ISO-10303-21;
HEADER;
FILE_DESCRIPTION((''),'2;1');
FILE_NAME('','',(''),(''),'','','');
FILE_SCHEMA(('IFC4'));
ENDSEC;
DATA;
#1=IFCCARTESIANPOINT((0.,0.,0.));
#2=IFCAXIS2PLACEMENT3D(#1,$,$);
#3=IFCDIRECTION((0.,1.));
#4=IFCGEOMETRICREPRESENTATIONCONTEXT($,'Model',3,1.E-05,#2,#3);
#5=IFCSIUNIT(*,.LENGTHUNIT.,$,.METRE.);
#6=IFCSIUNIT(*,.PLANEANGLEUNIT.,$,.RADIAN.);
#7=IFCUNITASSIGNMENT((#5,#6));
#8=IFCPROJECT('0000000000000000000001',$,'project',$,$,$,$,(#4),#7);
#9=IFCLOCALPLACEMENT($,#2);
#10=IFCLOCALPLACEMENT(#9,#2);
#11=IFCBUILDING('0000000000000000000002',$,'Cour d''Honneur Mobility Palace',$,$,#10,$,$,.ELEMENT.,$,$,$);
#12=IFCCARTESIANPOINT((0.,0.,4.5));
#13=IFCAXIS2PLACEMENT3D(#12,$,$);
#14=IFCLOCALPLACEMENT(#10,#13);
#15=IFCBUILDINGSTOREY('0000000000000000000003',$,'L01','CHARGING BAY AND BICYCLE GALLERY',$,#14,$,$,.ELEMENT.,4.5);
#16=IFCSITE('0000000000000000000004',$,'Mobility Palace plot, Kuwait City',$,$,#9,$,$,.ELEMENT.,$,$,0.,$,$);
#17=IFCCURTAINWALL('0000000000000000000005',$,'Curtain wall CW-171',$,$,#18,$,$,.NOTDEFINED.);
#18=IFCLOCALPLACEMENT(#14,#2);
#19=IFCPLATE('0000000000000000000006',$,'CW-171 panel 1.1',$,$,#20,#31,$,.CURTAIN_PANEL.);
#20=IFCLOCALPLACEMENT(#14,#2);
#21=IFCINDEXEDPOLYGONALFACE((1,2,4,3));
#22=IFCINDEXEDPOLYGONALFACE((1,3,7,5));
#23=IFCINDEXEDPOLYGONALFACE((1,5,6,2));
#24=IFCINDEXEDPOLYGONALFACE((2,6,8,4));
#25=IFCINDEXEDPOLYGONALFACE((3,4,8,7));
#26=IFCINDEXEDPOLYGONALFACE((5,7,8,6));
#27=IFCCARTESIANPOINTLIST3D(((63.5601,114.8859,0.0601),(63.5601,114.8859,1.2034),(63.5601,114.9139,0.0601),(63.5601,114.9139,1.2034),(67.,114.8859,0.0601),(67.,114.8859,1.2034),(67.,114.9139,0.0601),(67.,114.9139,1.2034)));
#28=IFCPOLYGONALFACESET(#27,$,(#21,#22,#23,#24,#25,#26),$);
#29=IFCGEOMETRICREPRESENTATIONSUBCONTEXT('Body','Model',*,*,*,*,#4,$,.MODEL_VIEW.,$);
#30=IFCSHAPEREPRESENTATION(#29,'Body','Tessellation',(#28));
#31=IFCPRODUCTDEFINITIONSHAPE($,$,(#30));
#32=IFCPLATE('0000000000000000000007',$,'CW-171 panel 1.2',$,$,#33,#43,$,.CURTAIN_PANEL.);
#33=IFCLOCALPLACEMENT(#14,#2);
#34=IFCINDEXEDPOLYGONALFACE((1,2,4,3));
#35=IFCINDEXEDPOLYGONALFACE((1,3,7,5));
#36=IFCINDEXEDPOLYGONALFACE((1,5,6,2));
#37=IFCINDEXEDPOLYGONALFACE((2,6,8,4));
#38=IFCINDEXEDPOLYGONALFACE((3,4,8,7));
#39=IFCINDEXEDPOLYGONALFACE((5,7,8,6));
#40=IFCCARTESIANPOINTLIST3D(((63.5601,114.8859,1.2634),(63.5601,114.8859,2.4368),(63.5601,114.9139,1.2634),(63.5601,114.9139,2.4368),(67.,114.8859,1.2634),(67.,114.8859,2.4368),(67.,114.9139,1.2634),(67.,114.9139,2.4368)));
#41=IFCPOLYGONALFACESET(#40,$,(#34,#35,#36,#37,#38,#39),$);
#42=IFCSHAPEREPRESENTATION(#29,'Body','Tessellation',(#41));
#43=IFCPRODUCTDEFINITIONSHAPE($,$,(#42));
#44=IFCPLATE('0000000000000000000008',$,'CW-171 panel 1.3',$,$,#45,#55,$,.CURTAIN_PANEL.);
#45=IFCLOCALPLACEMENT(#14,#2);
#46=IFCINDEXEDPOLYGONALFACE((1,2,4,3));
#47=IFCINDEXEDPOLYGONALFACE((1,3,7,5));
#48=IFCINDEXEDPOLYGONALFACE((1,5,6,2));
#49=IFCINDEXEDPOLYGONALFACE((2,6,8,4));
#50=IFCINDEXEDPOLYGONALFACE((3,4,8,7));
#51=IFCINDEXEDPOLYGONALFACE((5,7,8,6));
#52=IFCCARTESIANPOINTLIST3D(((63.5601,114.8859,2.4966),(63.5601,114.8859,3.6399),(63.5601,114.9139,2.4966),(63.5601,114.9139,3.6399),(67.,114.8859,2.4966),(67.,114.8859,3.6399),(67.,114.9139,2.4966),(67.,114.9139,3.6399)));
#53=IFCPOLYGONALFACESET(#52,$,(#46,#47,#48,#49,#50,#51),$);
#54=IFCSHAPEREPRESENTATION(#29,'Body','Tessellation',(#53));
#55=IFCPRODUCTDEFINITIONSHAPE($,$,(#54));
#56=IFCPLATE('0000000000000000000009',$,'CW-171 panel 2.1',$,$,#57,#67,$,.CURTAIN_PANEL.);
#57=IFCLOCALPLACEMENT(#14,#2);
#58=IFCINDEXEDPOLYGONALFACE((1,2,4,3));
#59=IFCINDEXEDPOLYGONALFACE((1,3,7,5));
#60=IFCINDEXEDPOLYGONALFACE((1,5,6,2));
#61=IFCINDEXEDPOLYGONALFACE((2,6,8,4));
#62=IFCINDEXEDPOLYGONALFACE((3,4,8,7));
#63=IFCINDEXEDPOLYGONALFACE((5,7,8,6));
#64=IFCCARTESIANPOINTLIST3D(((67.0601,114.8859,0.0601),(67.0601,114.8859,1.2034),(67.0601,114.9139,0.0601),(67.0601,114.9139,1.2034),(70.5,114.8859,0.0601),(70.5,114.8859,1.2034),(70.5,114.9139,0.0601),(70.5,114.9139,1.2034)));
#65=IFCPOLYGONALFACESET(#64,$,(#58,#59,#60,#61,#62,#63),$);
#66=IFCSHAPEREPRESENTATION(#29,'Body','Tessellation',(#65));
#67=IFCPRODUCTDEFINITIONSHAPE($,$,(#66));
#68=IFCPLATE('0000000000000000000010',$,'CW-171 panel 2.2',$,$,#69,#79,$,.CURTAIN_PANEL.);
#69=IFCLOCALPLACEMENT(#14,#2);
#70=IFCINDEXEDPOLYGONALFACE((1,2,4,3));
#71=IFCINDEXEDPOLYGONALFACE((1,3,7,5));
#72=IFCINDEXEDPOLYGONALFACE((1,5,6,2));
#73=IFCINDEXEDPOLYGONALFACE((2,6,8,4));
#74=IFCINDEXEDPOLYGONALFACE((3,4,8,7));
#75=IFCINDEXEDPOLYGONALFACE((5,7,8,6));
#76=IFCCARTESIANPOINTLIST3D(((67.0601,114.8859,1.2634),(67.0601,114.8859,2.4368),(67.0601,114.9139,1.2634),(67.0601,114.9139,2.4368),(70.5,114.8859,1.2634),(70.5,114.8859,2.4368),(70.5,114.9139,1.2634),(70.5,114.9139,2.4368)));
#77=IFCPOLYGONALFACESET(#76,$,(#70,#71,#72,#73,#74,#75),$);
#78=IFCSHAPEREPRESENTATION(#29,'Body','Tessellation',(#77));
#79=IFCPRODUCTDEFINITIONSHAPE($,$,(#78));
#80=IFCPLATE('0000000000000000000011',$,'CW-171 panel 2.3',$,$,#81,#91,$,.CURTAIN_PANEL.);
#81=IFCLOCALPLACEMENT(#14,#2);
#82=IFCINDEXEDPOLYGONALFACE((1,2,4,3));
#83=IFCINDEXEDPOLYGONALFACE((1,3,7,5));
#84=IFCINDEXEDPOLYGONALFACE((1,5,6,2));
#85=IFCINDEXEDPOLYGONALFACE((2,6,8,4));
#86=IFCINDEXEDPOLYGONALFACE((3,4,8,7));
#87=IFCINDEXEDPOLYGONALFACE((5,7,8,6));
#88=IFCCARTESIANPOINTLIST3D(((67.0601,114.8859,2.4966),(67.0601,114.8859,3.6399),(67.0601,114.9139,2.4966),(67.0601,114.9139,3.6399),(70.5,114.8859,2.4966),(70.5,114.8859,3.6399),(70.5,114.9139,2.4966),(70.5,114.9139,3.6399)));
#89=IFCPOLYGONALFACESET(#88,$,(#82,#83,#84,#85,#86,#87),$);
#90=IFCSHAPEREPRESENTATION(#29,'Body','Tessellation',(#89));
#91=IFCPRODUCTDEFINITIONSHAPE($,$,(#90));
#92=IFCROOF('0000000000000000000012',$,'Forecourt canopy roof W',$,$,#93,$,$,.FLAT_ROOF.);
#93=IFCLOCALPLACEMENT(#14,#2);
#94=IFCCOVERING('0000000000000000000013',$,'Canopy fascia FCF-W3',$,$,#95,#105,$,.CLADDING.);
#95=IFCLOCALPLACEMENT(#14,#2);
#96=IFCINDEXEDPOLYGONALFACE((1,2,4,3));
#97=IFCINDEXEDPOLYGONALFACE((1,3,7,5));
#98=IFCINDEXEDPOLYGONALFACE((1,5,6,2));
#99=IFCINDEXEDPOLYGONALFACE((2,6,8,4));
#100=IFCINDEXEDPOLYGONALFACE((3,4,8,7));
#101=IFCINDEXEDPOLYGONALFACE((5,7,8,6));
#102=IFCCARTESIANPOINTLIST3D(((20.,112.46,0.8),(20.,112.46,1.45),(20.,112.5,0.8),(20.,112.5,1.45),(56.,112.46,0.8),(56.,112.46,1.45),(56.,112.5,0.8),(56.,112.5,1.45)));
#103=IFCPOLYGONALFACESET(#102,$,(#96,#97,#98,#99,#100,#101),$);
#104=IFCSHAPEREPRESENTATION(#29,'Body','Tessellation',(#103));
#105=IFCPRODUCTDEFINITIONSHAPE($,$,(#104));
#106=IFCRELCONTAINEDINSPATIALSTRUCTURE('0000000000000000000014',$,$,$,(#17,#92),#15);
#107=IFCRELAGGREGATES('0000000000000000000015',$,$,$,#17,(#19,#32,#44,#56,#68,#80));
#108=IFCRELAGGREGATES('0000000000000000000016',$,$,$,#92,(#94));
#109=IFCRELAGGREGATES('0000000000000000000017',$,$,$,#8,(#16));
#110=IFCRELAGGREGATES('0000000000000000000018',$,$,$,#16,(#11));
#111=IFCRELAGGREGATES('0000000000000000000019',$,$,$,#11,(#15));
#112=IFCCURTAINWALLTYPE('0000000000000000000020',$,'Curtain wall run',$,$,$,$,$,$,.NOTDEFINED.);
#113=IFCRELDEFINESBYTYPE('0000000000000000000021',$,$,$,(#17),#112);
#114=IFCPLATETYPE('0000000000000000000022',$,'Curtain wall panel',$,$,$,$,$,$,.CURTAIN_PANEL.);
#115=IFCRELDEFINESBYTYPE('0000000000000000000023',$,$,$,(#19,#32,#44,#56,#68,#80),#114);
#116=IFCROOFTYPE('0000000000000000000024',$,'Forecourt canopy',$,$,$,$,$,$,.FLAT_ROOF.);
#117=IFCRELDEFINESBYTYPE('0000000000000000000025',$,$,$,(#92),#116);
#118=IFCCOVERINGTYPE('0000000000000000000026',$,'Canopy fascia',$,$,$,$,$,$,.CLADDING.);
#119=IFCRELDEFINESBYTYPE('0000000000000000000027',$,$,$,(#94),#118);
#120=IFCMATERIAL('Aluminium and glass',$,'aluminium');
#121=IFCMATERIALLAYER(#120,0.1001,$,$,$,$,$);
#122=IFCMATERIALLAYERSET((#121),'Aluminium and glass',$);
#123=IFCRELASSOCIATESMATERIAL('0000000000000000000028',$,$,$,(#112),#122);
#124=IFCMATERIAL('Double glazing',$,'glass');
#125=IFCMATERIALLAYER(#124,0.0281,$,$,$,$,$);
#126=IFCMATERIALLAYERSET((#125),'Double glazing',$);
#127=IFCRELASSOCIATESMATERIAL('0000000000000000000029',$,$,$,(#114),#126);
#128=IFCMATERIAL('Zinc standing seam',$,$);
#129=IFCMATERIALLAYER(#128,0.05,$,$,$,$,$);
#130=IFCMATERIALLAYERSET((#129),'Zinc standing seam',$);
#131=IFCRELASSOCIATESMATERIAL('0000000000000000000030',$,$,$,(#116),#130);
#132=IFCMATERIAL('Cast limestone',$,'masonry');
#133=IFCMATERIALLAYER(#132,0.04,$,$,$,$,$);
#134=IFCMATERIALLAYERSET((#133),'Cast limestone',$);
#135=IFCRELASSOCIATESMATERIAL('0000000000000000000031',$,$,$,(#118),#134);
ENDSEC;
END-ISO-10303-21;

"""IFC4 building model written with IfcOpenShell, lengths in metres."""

from ifc_helpers import new_model, si_unit, direction, frame, origin, origin_2d, place, context, subcontext, project, spatial, polyline, rectangle, outline, extrude, material, layer, layer_set, type_object, element, aggregate, save


model = new_model("IFC4")

# Units and contexts
model_context = context("Model", 3, precision=1e-05, world=origin(), true_north=direction((0.0, 1.0)))
body_context = subcontext(model_context, "Body", "Model", "MODEL_VIEW")
ifc_project = project(units=[si_unit("LENGTHUNIT", "METRE"), si_unit("PLANEANGLEUNIT", "RADIAN")], contexts=[model_context])

# Site, building, storey
site_placement = place(None, origin())
site = spatial("IfcSite", under=ifc_project, at=site_placement, Name="Mobility Palace plot, Kuwait City", CompositionType="ELEMENT", RefElevation=0.0)
building_placement = place(site_placement, origin())
building = spatial("IfcBuilding", under=site, at=building_placement, Name="Cour d'Honneur Mobility Palace", CompositionType="ELEMENT")
storey_placement = place(building_placement, frame((0.0, 0.0, 4.5)))
storey = spatial("IfcBuildingStorey", under=building, at=storey_placement, Name="L01", Description="CHARGING BAY AND BICYCLE GALLERY", CompositionType="ELEMENT", Elevation=4.5)

# Curtain wall
ifc_material_1 = material(Name="Aluminium and glass", Category="aluminium")
ifc_layer_1 = layer(ifc_material_1, 0.1001)
ifc_layer_set_1 = layer_set([ifc_layer_1], Name="Aluminium and glass")
curtain_wall_type = type_object("IfcCurtainWallType", Name="Curtain wall run", PredefinedType="NOTDEFINED", material=ifc_layer_set_1)
curtain_wall_1_placement = place(storey_placement, origin())
curtain_wall_1 = element("IfcCurtainWall", 1, at=curtain_wall_1_placement, inside=storey, type_object=curtain_wall_type, Name="Curtain wall CW-171", PredefinedType="NOTDEFINED")

# Plates
ifc_material_2 = material(Name="Double glazing", Category="glass")
ifc_layer_2 = layer(ifc_material_2, 0.0281)
ifc_layer_set_2 = layer_set([ifc_layer_2], Name="Double glazing")
plate_type = type_object("IfcPlateType", Name="Curtain wall panel", PredefinedType="CURTAIN_PANEL", material=ifc_layer_set_2)
plate_1_placement = place(storey_placement, frame((65.28, 114.8999, 0.0601), z_axis=(0.0, 0.0, 1.0), x_axis=(1.0, 0.0, 0.0)))
plate_1 = element("IfcPlate", 2, at=plate_1_placement, type_object=plate_type, Name="CW-171 panel 1.1", PredefinedType="CURTAIN_PANEL", context=body_context, shape_type="SweptSolid", body=[
    extrude(rectangle(XDim=3.4399, YDim=0.0281, at=origin_2d()), origin(), (0.0, 0.0, 1.0), 1.1433),
])
plate_2_placement = place(storey_placement, frame((65.28, 114.8999, 1.2634), z_axis=(0.0, 0.0, 1.0), x_axis=(1.0, 0.0, 0.0)))
plate_2 = element("IfcPlate", 3, at=plate_2_placement, type_object=plate_type, Name="CW-171 panel 1.2", PredefinedType="CURTAIN_PANEL", context=body_context, shape_type="SweptSolid", body=[
    extrude(rectangle(XDim=3.4399, YDim=0.0281, at=origin_2d()), origin(), (0.0, 0.0, 1.0), 1.1733),
])
plate_3_placement = place(storey_placement, frame((65.28, 114.8999, 2.4966), z_axis=(0.0, 0.0, 1.0), x_axis=(1.0, 0.0, 0.0)))
plate_3 = element("IfcPlate", 4, at=plate_3_placement, type_object=plate_type, Name="CW-171 panel 1.3", PredefinedType="CURTAIN_PANEL", context=body_context, shape_type="SweptSolid", body=[
    extrude(rectangle(XDim=3.4399, YDim=0.0281, at=origin_2d()), origin(), (0.0, 0.0, 1.0), 1.1433),
])
plate_4_placement = place(storey_placement, frame((68.78, 114.8999, 0.0601), z_axis=(0.0, 0.0, 1.0), x_axis=(1.0, 0.0, 0.0)))
plate_4 = element("IfcPlate", 5, at=plate_4_placement, type_object=plate_type, Name="CW-171 panel 2.1", PredefinedType="CURTAIN_PANEL", context=body_context, shape_type="SweptSolid", body=[
    extrude(rectangle(XDim=3.4399, YDim=0.0281, at=origin_2d()), origin(), (0.0, 0.0, 1.0), 1.1433),
])
plate_5_placement = place(storey_placement, frame((68.78, 114.8999, 1.2634), z_axis=(0.0, 0.0, 1.0), x_axis=(1.0, 0.0, 0.0)))
plate_5 = element("IfcPlate", 6, at=plate_5_placement, type_object=plate_type, Name="CW-171 panel 2.2", PredefinedType="CURTAIN_PANEL", context=body_context, shape_type="SweptSolid", body=[
    extrude(rectangle(XDim=3.4399, YDim=0.0281, at=origin_2d()), origin(), (0.0, 0.0, 1.0), 1.1733),
])
plate_6_placement = place(storey_placement, frame((68.78, 114.8999, 2.4966), z_axis=(0.0, 0.0, 1.0), x_axis=(1.0, 0.0, 0.0)))
plate_6 = element("IfcPlate", 7, at=plate_6_placement, type_object=plate_type, Name="CW-171 panel 2.3", PredefinedType="CURTAIN_PANEL", context=body_context, shape_type="SweptSolid", body=[
    extrude(rectangle(XDim=3.4399, YDim=0.0281, at=origin_2d()), origin(), (0.0, 0.0, 1.0), 1.1433),
])
aggregate(curtain_wall_1, [plate_1, plate_2, plate_3, plate_4, plate_5, plate_6])

# Roof, covering
ifc_material_3 = material(Name="Zinc standing seam")
ifc_layer_3 = layer(ifc_material_3, 0.05)
ifc_layer_set_3 = layer_set([ifc_layer_3], Name="Zinc standing seam")
roof_type = type_object("IfcRoofType", Name="Forecourt canopy", PredefinedType="FLAT_ROOF", material=ifc_layer_set_3)
roof_placement = place(storey_placement, origin())
roof = element("IfcRoof", 8, at=roof_placement, inside=storey, type_object=roof_type, Name="Forecourt canopy roof W", PredefinedType="FLAT_ROOF")
ifc_material_4 = material(Name="Cast limestone", Category="masonry")
ifc_layer_4 = layer(ifc_material_4, 0.04)
ifc_layer_set_4 = layer_set([ifc_layer_4], Name="Cast limestone")
covering_type = type_object("IfcCoveringType", Name="Canopy fascia", PredefinedType="CLADDING", material=ifc_layer_set_4)
covering_placement = place(storey_placement, frame((56.0, 112.5, 0.8), z_axis=(0.0, 1.0, 0.0), x_axis=(-1.0, 0.0, 0.0)))
covering = element("IfcCovering", 9, at=covering_placement, type_object=covering_type, Name="Canopy fascia FCF-W3", PredefinedType="CLADDING", context=body_context, shape_type="SweptSolid", body=[
    extrude(outline(polyline([(0.0, 0.0), (36.0, 0.0), (36.0, 0.6499), (0.0, 0.6499), (0.0, 0.0)])), origin(), (0.0, 0.0, -1.0), 0.04),
])
aggregate(roof, [covering])

save(model, "model.ifc")
